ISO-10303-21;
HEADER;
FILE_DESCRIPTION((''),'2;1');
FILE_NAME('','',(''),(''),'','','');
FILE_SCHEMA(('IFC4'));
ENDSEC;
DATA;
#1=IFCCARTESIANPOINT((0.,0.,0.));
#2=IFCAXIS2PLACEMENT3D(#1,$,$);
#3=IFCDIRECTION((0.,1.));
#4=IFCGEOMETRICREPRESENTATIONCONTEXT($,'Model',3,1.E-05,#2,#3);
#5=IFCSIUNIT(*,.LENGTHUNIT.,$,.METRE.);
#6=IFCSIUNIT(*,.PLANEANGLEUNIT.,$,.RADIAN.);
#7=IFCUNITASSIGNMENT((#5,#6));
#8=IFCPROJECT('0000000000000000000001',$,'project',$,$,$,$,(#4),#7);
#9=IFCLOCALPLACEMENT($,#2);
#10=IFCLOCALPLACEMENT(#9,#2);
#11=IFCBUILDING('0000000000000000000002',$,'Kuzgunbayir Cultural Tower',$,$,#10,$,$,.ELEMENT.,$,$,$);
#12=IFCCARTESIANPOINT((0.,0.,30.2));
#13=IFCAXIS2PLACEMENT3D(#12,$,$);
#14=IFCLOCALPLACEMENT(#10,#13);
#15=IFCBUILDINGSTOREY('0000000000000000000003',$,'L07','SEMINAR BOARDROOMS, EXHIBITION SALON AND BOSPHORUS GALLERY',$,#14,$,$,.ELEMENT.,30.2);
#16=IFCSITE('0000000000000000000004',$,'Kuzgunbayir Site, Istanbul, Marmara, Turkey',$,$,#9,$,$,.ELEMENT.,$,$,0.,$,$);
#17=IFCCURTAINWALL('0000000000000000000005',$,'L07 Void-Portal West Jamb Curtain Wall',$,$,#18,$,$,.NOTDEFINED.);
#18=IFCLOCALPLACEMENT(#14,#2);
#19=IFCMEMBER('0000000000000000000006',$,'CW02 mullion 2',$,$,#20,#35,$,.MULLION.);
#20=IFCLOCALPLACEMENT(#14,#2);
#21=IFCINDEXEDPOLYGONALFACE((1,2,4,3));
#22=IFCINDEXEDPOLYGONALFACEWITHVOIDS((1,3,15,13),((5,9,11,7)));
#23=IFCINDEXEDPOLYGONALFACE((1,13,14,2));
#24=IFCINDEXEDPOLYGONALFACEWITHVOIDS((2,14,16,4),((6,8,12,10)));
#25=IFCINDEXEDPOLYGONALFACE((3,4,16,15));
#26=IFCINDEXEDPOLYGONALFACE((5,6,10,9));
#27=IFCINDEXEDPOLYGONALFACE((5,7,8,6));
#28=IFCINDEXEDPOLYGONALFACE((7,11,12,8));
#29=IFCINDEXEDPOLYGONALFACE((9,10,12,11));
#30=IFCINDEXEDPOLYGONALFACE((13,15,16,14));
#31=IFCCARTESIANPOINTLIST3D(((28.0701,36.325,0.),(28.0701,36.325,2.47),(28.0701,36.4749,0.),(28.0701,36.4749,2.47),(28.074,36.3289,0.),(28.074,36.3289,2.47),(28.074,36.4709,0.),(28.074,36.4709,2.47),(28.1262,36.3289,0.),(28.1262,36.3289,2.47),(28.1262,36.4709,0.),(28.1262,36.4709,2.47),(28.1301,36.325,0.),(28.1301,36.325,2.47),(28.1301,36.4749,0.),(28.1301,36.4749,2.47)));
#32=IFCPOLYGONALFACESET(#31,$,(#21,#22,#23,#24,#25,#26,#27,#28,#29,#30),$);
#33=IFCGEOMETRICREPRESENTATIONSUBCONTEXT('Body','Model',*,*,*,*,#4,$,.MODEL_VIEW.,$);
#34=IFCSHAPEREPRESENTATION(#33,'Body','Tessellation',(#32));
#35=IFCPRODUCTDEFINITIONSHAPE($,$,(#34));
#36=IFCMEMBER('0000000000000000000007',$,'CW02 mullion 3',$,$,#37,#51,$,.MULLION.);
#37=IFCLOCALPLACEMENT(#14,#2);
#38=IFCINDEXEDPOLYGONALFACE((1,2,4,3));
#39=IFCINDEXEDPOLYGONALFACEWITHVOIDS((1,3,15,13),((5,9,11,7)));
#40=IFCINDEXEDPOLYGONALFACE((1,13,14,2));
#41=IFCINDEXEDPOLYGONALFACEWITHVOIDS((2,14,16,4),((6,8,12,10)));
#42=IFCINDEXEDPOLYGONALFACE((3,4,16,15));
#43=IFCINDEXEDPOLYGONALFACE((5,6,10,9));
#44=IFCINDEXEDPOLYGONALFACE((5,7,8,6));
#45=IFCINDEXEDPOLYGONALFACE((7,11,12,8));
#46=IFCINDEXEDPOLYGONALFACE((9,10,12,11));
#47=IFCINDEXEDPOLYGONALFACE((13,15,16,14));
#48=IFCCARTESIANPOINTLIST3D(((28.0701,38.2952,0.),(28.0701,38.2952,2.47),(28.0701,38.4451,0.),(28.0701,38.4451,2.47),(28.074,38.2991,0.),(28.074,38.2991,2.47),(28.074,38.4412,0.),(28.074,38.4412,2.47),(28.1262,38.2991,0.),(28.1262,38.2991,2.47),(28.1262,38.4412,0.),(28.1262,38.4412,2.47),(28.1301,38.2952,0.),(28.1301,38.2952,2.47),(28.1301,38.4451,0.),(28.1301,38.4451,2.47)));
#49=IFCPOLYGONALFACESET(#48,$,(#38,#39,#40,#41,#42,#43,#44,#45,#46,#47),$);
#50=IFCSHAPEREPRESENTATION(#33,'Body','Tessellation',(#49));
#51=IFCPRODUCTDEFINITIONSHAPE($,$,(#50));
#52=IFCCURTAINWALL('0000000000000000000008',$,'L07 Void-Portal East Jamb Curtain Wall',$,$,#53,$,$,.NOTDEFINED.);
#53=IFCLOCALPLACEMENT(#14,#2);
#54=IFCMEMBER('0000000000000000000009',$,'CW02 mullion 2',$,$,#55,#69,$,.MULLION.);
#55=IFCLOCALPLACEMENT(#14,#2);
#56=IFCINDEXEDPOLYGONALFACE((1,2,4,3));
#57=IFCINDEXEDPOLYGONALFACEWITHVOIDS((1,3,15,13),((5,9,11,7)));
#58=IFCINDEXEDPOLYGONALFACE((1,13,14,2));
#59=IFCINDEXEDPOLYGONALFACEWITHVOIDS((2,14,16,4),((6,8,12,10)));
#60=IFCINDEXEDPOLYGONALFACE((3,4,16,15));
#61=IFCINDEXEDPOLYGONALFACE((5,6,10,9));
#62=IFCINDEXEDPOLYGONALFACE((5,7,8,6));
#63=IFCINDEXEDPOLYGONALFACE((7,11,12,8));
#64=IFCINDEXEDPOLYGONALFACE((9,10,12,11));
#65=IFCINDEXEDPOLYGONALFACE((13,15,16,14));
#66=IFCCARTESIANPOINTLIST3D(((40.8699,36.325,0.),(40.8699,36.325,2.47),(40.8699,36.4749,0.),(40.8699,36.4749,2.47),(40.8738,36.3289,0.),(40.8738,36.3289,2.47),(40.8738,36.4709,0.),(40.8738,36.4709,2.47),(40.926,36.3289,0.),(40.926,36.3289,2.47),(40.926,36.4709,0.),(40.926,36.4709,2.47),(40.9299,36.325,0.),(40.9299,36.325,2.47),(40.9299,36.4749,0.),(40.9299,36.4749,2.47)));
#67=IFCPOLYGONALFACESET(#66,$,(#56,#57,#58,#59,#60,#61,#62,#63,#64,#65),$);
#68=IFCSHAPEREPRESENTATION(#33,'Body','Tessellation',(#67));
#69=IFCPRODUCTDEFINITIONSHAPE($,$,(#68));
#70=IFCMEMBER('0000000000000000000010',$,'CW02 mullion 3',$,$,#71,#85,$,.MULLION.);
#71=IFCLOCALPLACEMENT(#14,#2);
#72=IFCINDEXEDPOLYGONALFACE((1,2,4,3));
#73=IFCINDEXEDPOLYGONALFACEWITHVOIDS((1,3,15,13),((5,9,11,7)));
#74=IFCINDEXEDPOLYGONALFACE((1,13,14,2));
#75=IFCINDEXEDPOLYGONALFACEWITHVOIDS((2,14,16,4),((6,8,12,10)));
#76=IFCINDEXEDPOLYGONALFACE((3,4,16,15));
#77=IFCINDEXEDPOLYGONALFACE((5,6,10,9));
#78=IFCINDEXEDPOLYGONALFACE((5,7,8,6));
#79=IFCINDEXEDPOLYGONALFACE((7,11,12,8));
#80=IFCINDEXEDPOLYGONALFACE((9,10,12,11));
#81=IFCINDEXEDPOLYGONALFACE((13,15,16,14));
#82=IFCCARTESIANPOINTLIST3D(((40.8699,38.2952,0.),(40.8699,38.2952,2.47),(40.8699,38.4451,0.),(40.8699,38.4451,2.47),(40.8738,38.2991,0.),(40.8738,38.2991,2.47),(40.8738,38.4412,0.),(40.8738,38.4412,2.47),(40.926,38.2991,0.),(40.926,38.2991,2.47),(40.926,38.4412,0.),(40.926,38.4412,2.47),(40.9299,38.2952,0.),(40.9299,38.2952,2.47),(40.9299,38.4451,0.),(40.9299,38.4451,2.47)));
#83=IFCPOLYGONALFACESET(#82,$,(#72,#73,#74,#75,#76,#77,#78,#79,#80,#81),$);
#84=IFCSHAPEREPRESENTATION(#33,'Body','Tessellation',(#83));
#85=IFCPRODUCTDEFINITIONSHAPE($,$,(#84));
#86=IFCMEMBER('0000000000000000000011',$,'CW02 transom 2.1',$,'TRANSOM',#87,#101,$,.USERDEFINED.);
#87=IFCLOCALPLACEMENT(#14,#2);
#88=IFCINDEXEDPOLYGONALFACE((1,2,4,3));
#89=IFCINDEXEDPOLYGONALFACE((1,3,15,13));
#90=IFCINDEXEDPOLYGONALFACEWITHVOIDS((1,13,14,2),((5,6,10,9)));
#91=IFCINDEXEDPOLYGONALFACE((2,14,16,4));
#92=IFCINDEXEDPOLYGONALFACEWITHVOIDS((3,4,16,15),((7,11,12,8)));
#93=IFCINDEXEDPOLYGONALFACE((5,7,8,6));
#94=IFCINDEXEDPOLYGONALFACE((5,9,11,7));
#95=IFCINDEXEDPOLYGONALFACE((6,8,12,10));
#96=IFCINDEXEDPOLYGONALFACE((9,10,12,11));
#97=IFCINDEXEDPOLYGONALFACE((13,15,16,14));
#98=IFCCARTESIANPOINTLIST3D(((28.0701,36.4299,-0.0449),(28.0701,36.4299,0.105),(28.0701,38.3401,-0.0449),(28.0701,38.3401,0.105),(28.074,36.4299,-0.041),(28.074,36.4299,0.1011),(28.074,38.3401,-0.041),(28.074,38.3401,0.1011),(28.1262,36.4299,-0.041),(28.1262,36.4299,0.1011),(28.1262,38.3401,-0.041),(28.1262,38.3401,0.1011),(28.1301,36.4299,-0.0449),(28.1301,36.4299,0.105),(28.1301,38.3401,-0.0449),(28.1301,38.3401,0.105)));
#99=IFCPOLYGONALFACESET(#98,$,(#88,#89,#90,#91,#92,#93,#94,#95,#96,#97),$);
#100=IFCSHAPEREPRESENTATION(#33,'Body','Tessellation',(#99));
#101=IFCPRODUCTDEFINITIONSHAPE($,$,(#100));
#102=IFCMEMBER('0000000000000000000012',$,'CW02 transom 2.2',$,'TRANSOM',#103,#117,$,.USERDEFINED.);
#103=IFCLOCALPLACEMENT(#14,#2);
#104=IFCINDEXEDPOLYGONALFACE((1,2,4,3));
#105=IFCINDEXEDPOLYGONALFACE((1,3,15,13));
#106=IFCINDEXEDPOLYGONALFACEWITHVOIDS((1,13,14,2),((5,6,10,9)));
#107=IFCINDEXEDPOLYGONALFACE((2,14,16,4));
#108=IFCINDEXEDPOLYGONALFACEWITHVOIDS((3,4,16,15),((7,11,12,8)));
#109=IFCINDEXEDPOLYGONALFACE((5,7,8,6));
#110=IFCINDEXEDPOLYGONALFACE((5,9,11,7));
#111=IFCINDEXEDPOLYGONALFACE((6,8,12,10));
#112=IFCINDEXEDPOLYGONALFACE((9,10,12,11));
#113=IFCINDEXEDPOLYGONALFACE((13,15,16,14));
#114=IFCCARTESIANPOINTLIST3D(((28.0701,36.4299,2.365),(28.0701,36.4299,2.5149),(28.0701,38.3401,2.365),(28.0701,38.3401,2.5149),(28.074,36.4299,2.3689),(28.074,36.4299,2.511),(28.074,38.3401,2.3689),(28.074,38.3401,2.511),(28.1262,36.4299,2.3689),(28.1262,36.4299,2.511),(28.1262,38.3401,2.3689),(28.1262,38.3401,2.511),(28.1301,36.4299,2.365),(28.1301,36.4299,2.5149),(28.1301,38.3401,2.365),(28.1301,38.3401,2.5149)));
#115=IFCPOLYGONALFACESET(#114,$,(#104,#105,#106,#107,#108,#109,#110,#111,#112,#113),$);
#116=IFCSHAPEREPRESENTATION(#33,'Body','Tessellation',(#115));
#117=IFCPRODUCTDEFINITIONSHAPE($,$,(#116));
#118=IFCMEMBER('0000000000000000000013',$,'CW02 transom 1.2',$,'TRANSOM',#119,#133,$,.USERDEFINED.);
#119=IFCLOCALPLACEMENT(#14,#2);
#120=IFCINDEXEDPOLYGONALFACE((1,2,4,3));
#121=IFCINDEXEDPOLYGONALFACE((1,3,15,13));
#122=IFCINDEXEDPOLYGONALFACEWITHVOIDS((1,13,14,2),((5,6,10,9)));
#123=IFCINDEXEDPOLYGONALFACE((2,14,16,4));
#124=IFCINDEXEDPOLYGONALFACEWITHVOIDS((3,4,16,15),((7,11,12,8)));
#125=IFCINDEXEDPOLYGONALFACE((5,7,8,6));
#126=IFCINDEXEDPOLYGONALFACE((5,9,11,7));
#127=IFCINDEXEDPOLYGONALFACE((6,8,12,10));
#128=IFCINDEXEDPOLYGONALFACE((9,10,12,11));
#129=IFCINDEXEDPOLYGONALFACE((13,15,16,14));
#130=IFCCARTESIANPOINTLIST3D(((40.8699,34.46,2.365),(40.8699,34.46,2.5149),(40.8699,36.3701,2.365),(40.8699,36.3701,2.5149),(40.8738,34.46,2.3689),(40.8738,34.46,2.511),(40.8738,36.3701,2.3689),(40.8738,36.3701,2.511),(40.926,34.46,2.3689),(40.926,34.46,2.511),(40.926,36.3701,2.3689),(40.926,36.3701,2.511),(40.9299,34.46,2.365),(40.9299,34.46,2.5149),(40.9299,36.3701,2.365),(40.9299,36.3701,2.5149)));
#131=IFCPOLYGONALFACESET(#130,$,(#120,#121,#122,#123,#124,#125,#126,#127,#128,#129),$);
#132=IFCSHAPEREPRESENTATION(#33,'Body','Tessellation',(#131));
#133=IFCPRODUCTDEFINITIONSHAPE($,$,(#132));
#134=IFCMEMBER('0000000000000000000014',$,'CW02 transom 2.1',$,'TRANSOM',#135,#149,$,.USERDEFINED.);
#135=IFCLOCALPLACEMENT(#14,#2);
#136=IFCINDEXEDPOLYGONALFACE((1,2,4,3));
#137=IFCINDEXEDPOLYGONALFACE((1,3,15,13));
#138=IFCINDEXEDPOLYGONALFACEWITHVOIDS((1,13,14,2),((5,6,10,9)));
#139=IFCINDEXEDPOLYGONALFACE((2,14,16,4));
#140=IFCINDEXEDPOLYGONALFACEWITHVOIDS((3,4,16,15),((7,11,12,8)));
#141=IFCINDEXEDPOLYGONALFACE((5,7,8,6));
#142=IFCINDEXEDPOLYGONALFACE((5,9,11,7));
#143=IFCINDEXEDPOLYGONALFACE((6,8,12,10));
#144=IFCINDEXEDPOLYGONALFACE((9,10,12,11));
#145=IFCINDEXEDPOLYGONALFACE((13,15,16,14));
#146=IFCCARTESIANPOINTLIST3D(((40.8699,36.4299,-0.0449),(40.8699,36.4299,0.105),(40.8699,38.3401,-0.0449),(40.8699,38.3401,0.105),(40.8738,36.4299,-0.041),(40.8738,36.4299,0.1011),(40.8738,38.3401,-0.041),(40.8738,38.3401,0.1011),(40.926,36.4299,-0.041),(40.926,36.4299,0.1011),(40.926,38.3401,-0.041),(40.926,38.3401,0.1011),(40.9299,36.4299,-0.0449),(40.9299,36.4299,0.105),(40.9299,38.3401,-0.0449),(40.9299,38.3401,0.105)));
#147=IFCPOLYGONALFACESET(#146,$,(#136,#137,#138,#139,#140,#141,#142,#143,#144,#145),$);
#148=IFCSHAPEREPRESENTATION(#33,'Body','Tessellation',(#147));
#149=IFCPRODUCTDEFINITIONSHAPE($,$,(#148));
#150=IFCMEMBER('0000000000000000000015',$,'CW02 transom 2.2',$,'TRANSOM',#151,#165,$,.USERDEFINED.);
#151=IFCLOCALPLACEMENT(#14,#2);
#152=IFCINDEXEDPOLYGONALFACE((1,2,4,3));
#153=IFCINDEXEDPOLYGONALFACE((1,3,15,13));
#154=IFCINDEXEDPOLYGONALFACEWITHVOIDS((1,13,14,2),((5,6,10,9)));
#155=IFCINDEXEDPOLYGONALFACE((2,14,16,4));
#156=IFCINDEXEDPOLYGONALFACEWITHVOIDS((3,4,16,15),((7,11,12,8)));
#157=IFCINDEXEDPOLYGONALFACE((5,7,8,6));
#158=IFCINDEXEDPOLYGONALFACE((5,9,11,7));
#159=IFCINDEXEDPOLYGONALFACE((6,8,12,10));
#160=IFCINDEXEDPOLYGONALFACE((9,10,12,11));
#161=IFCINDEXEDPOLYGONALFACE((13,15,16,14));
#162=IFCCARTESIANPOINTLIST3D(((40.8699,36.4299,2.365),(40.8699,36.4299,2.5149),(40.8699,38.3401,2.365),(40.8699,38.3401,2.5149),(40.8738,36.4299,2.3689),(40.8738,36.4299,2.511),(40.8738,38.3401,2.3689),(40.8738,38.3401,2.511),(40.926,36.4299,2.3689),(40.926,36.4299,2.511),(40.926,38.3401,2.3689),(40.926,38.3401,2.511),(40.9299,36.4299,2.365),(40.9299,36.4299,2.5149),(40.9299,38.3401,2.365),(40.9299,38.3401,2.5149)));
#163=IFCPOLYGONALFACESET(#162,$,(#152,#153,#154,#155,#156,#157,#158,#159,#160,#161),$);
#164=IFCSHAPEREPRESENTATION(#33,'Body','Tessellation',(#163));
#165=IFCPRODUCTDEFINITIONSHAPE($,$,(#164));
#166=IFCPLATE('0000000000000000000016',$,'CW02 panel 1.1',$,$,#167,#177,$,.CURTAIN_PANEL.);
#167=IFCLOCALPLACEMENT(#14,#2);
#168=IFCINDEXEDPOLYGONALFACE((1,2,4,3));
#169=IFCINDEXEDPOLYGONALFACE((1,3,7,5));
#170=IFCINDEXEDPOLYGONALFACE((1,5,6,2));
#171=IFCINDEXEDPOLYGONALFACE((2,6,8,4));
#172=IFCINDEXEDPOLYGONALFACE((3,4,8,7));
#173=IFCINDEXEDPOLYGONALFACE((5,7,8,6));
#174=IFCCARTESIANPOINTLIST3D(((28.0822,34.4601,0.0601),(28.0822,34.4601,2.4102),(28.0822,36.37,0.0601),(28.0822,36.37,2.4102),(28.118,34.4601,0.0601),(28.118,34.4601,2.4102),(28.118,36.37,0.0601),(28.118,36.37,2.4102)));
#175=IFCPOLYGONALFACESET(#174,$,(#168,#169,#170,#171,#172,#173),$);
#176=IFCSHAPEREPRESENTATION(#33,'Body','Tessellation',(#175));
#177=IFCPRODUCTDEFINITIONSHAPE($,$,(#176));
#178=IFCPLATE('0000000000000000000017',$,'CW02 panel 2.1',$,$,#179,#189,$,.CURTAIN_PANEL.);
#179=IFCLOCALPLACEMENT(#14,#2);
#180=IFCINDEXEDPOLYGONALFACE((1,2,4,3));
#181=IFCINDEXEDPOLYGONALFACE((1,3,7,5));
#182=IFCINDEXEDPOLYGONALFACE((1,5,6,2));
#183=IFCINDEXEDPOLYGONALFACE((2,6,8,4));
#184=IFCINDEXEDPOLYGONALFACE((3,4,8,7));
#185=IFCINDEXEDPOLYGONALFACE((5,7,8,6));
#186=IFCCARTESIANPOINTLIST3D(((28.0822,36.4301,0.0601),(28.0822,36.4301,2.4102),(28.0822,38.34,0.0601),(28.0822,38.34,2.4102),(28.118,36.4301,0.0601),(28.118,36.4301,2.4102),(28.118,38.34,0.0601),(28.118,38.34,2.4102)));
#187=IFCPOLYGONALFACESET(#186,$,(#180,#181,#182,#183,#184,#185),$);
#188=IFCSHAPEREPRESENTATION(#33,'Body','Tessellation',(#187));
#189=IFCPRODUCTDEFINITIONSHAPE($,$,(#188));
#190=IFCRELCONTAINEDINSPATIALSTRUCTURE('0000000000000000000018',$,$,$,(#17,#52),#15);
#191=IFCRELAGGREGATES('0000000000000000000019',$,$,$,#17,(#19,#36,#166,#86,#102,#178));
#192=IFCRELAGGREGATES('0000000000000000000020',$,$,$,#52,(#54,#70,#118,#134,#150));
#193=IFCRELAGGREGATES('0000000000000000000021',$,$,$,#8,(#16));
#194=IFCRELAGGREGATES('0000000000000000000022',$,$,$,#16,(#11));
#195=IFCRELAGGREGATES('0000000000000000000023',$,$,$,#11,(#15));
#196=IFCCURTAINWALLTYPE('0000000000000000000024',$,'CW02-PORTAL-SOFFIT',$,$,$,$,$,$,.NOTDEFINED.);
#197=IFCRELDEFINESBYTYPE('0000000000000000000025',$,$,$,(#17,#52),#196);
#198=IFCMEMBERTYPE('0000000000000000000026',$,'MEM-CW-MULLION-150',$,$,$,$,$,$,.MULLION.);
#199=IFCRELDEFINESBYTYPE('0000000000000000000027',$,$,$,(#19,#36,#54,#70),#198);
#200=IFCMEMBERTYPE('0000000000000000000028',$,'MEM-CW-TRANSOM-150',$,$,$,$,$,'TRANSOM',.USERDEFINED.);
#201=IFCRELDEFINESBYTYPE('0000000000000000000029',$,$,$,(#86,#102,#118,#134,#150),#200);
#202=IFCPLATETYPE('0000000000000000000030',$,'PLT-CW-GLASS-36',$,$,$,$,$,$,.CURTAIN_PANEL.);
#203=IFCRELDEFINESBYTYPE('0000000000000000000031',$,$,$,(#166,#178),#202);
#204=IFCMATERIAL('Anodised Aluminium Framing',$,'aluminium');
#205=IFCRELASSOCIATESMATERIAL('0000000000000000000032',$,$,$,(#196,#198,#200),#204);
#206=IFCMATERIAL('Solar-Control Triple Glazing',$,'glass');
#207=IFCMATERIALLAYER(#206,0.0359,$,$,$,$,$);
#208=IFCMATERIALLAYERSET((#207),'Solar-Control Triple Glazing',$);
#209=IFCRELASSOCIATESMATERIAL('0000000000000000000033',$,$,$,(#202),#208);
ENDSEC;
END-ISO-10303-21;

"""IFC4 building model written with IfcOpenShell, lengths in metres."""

from ifc_helpers import new_model, si_unit, direction, frame, origin, origin_2d, place, context, subcontext, project, spatial, rectangle, hollow_rectangle, extrude, material, layer, layer_set, material_profile, profile_set, type_object, element, aggregate, save


model = new_model("IFC4")

# Units and contexts
model_context = context("Model", 3, precision=1e-05, world=origin(), true_north=direction((0.0, 1.0)))
body_context = subcontext(model_context, "Body", "Model", "MODEL_VIEW")
ifc_project = project(units=[si_unit("LENGTHUNIT", "METRE"), si_unit("PLANEANGLEUNIT", "RADIAN")], contexts=[model_context])

# Site, building, storey
site_placement = place(None, origin())
site = spatial("IfcSite", under=ifc_project, at=site_placement, Name="Kuzgunbayir Site, Istanbul, Marmara, Turkey", CompositionType="ELEMENT", RefElevation=0.0)
building_placement = place(site_placement, origin())
building = spatial("IfcBuilding", under=site, at=building_placement, Name="Kuzgunbayir Cultural Tower", CompositionType="ELEMENT")
storey_placement = place(building_placement, frame((0.0, 0.0, 30.2)))
storey = spatial("IfcBuildingStorey", under=building, at=storey_placement, Name="L07", Description="SEMINAR BOARDROOMS, EXHIBITION SALON AND BOSPHORUS GALLERY", CompositionType="ELEMENT", Elevation=30.2)

# Curtain walls, members
ifc_material_1 = material(Name="Anodised Aluminium Framing", Category="aluminium")
curtain_wall_type = type_object("IfcCurtainWallType", Name="CW02-PORTAL-SOFFIT", PredefinedType="NOTDEFINED", material=ifc_material_1)
curtain_wall_1_placement = place(storey_placement, origin())
curtain_wall_1 = element("IfcCurtainWall", 1, at=curtain_wall_1_placement, inside=storey, type_object=curtain_wall_type, Name="L07 Void-Portal West Jamb Curtain Wall", PredefinedType="NOTDEFINED")
ifc_material_profile_1 = material_profile(ifc_material_1, hollow_rectangle(XDim=0.0601, YDim=0.1499, WallThickness=0.0039, at=origin_2d()), Name="RHS 150x60x4")
ifc_profile_set_1 = profile_set([ifc_material_profile_1], Name="Anodised Aluminium Framing")
member_type_1 = type_object("IfcMemberType", Name="MEM-CW-MULLION-150", PredefinedType="MULLION", material=ifc_profile_set_1)
member_1_placement = place(storey_placement, frame((28.1001, 36.3999, 0.0), z_axis=(0.0, 0.0, 1.0), x_axis=(-1.0, 0.0, 0.0)))
member_1 = element("IfcMember", 2, at=member_1_placement, type_object=member_type_1, Name="CW02 mullion 2", PredefinedType="MULLION", context=body_context, shape_type="SweptSolid", body=[
    extrude(hollow_rectangle(XDim=0.0601, YDim=0.1499, WallThickness=0.0039, at=origin_2d()), origin(), (0.0, 0.0, 1.0), 2.47),
])
member_2_placement = place(storey_placement, frame((28.1001, 38.3701, 0.0), z_axis=(0.0, 0.0, 1.0), x_axis=(-1.0, 0.0, 0.0)))
member_2 = element("IfcMember", 3, at=member_2_placement, type_object=member_type_1, Name="CW02 mullion 3", PredefinedType="MULLION", context=body_context, shape_type="SweptSolid", body=[
    extrude(hollow_rectangle(XDim=0.0601, YDim=0.1499, WallThickness=0.0039, at=origin_2d()), origin(), (0.0, 0.0, 1.0), 2.47),
])
curtain_wall_2_placement = place(storey_placement, origin())
curtain_wall_2 = element("IfcCurtainWall", 4, at=curtain_wall_2_placement, inside=storey, type_object=curtain_wall_type, Name="L07 Void-Portal East Jamb Curtain Wall", PredefinedType="NOTDEFINED")
member_3_placement = place(storey_placement, frame((40.8999, 36.3999, 0.0), z_axis=(0.0, 0.0, 1.0), x_axis=(-1.0, 0.0, 0.0)))
member_3 = element("IfcMember", 5, at=member_3_placement, type_object=member_type_1, Name="CW02 mullion 2", PredefinedType="MULLION", context=body_context, shape_type="SweptSolid", body=[
    extrude(hollow_rectangle(XDim=0.0601, YDim=0.1499, WallThickness=0.0039, at=origin_2d()), origin(), (0.0, 0.0, 1.0), 2.47),
])
member_4_placement = place(storey_placement, frame((40.8999, 38.3701, 0.0), z_axis=(0.0, 0.0, 1.0), x_axis=(-1.0, 0.0, 0.0)))
member_4 = element("IfcMember", 6, at=member_4_placement, type_object=member_type_1, Name="CW02 mullion 3", PredefinedType="MULLION", context=body_context, shape_type="SweptSolid", body=[
    extrude(hollow_rectangle(XDim=0.0601, YDim=0.1499, WallThickness=0.0039, at=origin_2d()), origin(), (0.0, 0.0, 1.0), 2.47),
])

# Members
ifc_material_profile_2 = material_profile(ifc_material_1, hollow_rectangle(XDim=0.0601, YDim=0.1499, WallThickness=0.0039, at=origin_2d()), Name="RHS 150x60x4")
ifc_profile_set_2 = profile_set([ifc_material_profile_2], Name="Anodised Aluminium Framing")
member_type_2 = type_object("IfcMemberType", Name="MEM-CW-TRANSOM-150", ElementType="TRANSOM", PredefinedType="USERDEFINED", material=ifc_profile_set_2)
member_5_placement = place(storey_placement, frame((28.1001, 36.4299, 0.03), z_axis=(0.0, 1.0, 0.0), x_axis=(-1.0, 0.0, 0.0)))
member_5 = element("IfcMember", 7, at=member_5_placement, type_object=member_type_2, Name="CW02 transom 2.1", ObjectType="TRANSOM", PredefinedType="USERDEFINED", context=body_context, shape_type="SweptSolid", body=[
    extrude(hollow_rectangle(XDim=0.0601, YDim=0.1499, WallThickness=0.0039, at=origin_2d()), origin(), (0.0, 0.0, 1.0), 1.9102),
])
member_6_placement = place(storey_placement, frame((28.1001, 36.4299, 2.4399), z_axis=(0.0, 1.0, 0.0), x_axis=(-1.0, 0.0, 0.0)))
member_6 = element("IfcMember", 8, at=member_6_placement, type_object=member_type_2, Name="CW02 transom 2.2", ObjectType="TRANSOM", PredefinedType="USERDEFINED", context=body_context, shape_type="SweptSolid", body=[
    extrude(hollow_rectangle(XDim=0.0601, YDim=0.1499, WallThickness=0.0039, at=origin_2d()), origin(), (0.0, 0.0, 1.0), 1.9102),
])
member_7_placement = place(storey_placement, frame((40.8999, 34.46, 2.4399), z_axis=(0.0, 1.0, 0.0), x_axis=(-1.0, 0.0, 0.0)))
member_7 = element("IfcMember", 9, at=member_7_placement, type_object=member_type_2, Name="CW02 transom 1.2", ObjectType="TRANSOM", PredefinedType="USERDEFINED", context=body_context, shape_type="SweptSolid", body=[
    extrude(hollow_rectangle(XDim=0.0601, YDim=0.1499, WallThickness=0.0039, at=origin_2d()), origin(), (0.0, 0.0, 1.0), 1.9102),
])
member_8_placement = place(storey_placement, frame((40.8999, 36.4299, 0.03), z_axis=(0.0, 1.0, 0.0), x_axis=(-1.0, 0.0, 0.0)))
member_8 = element("IfcMember", 10, at=member_8_placement, type_object=member_type_2, Name="CW02 transom 2.1", ObjectType="TRANSOM", PredefinedType="USERDEFINED", context=body_context, shape_type="SweptSolid", body=[
    extrude(hollow_rectangle(XDim=0.0601, YDim=0.1499, WallThickness=0.0039, at=origin_2d()), origin(), (0.0, 0.0, 1.0), 1.9102),
])
member_9_placement = place(storey_placement, frame((40.8999, 36.4299, 2.4399), z_axis=(0.0, 1.0, 0.0), x_axis=(-1.0, 0.0, 0.0)))
member_9 = element("IfcMember", 11, at=member_9_placement, type_object=member_type_2, Name="CW02 transom 2.2", ObjectType="TRANSOM", PredefinedType="USERDEFINED", context=body_context, shape_type="SweptSolid", body=[
    extrude(hollow_rectangle(XDim=0.0601, YDim=0.1499, WallThickness=0.0039, at=origin_2d()), origin(), (0.0, 0.0, 1.0), 1.9102),
])

# Plates
ifc_material_2 = material(Name="Solar-Control Triple Glazing", Category="glass")
ifc_layer_1 = layer(ifc_material_2, 0.0359)
ifc_layer_set_1 = layer_set([ifc_layer_1], Name="Solar-Control Triple Glazing")
plate_type = type_object("IfcPlateType", Name="PLT-CW-GLASS-36", PredefinedType="CURTAIN_PANEL", material=ifc_layer_set_1)
plate_1_placement = place(storey_placement, frame((28.1001, 35.415, 0.0601), z_axis=(0.0, 0.0, 1.0), x_axis=(0.0, 1.0, 0.0)))
plate_1 = element("IfcPlate", 12, at=plate_1_placement, type_object=plate_type, Name="CW02 panel 1.1", PredefinedType="CURTAIN_PANEL", context=body_context, shape_type="SweptSolid", body=[
    extrude(rectangle(XDim=1.9099, YDim=0.0359, at=origin_2d()), origin(), (0.0, 0.0, 1.0), 2.3501),
])
plate_2_placement = place(storey_placement, frame((28.1001, 37.385, 0.0601), z_axis=(0.0, 0.0, 1.0), x_axis=(0.0, 1.0, 0.0)))
plate_2 = element("IfcPlate", 13, at=plate_2_placement, type_object=plate_type, Name="CW02 panel 2.1", PredefinedType="CURTAIN_PANEL", context=body_context, shape_type="SweptSolid", body=[
    extrude(rectangle(XDim=1.9099, YDim=0.0359, at=origin_2d()), origin(), (0.0, 0.0, 1.0), 2.3501),
])
aggregate(curtain_wall_1, [member_1, member_2, plate_1, member_5, member_6, plate_2])
aggregate(curtain_wall_2, [member_3, member_4, member_7, member_8, member_9])

save(model, "model.ifc")
